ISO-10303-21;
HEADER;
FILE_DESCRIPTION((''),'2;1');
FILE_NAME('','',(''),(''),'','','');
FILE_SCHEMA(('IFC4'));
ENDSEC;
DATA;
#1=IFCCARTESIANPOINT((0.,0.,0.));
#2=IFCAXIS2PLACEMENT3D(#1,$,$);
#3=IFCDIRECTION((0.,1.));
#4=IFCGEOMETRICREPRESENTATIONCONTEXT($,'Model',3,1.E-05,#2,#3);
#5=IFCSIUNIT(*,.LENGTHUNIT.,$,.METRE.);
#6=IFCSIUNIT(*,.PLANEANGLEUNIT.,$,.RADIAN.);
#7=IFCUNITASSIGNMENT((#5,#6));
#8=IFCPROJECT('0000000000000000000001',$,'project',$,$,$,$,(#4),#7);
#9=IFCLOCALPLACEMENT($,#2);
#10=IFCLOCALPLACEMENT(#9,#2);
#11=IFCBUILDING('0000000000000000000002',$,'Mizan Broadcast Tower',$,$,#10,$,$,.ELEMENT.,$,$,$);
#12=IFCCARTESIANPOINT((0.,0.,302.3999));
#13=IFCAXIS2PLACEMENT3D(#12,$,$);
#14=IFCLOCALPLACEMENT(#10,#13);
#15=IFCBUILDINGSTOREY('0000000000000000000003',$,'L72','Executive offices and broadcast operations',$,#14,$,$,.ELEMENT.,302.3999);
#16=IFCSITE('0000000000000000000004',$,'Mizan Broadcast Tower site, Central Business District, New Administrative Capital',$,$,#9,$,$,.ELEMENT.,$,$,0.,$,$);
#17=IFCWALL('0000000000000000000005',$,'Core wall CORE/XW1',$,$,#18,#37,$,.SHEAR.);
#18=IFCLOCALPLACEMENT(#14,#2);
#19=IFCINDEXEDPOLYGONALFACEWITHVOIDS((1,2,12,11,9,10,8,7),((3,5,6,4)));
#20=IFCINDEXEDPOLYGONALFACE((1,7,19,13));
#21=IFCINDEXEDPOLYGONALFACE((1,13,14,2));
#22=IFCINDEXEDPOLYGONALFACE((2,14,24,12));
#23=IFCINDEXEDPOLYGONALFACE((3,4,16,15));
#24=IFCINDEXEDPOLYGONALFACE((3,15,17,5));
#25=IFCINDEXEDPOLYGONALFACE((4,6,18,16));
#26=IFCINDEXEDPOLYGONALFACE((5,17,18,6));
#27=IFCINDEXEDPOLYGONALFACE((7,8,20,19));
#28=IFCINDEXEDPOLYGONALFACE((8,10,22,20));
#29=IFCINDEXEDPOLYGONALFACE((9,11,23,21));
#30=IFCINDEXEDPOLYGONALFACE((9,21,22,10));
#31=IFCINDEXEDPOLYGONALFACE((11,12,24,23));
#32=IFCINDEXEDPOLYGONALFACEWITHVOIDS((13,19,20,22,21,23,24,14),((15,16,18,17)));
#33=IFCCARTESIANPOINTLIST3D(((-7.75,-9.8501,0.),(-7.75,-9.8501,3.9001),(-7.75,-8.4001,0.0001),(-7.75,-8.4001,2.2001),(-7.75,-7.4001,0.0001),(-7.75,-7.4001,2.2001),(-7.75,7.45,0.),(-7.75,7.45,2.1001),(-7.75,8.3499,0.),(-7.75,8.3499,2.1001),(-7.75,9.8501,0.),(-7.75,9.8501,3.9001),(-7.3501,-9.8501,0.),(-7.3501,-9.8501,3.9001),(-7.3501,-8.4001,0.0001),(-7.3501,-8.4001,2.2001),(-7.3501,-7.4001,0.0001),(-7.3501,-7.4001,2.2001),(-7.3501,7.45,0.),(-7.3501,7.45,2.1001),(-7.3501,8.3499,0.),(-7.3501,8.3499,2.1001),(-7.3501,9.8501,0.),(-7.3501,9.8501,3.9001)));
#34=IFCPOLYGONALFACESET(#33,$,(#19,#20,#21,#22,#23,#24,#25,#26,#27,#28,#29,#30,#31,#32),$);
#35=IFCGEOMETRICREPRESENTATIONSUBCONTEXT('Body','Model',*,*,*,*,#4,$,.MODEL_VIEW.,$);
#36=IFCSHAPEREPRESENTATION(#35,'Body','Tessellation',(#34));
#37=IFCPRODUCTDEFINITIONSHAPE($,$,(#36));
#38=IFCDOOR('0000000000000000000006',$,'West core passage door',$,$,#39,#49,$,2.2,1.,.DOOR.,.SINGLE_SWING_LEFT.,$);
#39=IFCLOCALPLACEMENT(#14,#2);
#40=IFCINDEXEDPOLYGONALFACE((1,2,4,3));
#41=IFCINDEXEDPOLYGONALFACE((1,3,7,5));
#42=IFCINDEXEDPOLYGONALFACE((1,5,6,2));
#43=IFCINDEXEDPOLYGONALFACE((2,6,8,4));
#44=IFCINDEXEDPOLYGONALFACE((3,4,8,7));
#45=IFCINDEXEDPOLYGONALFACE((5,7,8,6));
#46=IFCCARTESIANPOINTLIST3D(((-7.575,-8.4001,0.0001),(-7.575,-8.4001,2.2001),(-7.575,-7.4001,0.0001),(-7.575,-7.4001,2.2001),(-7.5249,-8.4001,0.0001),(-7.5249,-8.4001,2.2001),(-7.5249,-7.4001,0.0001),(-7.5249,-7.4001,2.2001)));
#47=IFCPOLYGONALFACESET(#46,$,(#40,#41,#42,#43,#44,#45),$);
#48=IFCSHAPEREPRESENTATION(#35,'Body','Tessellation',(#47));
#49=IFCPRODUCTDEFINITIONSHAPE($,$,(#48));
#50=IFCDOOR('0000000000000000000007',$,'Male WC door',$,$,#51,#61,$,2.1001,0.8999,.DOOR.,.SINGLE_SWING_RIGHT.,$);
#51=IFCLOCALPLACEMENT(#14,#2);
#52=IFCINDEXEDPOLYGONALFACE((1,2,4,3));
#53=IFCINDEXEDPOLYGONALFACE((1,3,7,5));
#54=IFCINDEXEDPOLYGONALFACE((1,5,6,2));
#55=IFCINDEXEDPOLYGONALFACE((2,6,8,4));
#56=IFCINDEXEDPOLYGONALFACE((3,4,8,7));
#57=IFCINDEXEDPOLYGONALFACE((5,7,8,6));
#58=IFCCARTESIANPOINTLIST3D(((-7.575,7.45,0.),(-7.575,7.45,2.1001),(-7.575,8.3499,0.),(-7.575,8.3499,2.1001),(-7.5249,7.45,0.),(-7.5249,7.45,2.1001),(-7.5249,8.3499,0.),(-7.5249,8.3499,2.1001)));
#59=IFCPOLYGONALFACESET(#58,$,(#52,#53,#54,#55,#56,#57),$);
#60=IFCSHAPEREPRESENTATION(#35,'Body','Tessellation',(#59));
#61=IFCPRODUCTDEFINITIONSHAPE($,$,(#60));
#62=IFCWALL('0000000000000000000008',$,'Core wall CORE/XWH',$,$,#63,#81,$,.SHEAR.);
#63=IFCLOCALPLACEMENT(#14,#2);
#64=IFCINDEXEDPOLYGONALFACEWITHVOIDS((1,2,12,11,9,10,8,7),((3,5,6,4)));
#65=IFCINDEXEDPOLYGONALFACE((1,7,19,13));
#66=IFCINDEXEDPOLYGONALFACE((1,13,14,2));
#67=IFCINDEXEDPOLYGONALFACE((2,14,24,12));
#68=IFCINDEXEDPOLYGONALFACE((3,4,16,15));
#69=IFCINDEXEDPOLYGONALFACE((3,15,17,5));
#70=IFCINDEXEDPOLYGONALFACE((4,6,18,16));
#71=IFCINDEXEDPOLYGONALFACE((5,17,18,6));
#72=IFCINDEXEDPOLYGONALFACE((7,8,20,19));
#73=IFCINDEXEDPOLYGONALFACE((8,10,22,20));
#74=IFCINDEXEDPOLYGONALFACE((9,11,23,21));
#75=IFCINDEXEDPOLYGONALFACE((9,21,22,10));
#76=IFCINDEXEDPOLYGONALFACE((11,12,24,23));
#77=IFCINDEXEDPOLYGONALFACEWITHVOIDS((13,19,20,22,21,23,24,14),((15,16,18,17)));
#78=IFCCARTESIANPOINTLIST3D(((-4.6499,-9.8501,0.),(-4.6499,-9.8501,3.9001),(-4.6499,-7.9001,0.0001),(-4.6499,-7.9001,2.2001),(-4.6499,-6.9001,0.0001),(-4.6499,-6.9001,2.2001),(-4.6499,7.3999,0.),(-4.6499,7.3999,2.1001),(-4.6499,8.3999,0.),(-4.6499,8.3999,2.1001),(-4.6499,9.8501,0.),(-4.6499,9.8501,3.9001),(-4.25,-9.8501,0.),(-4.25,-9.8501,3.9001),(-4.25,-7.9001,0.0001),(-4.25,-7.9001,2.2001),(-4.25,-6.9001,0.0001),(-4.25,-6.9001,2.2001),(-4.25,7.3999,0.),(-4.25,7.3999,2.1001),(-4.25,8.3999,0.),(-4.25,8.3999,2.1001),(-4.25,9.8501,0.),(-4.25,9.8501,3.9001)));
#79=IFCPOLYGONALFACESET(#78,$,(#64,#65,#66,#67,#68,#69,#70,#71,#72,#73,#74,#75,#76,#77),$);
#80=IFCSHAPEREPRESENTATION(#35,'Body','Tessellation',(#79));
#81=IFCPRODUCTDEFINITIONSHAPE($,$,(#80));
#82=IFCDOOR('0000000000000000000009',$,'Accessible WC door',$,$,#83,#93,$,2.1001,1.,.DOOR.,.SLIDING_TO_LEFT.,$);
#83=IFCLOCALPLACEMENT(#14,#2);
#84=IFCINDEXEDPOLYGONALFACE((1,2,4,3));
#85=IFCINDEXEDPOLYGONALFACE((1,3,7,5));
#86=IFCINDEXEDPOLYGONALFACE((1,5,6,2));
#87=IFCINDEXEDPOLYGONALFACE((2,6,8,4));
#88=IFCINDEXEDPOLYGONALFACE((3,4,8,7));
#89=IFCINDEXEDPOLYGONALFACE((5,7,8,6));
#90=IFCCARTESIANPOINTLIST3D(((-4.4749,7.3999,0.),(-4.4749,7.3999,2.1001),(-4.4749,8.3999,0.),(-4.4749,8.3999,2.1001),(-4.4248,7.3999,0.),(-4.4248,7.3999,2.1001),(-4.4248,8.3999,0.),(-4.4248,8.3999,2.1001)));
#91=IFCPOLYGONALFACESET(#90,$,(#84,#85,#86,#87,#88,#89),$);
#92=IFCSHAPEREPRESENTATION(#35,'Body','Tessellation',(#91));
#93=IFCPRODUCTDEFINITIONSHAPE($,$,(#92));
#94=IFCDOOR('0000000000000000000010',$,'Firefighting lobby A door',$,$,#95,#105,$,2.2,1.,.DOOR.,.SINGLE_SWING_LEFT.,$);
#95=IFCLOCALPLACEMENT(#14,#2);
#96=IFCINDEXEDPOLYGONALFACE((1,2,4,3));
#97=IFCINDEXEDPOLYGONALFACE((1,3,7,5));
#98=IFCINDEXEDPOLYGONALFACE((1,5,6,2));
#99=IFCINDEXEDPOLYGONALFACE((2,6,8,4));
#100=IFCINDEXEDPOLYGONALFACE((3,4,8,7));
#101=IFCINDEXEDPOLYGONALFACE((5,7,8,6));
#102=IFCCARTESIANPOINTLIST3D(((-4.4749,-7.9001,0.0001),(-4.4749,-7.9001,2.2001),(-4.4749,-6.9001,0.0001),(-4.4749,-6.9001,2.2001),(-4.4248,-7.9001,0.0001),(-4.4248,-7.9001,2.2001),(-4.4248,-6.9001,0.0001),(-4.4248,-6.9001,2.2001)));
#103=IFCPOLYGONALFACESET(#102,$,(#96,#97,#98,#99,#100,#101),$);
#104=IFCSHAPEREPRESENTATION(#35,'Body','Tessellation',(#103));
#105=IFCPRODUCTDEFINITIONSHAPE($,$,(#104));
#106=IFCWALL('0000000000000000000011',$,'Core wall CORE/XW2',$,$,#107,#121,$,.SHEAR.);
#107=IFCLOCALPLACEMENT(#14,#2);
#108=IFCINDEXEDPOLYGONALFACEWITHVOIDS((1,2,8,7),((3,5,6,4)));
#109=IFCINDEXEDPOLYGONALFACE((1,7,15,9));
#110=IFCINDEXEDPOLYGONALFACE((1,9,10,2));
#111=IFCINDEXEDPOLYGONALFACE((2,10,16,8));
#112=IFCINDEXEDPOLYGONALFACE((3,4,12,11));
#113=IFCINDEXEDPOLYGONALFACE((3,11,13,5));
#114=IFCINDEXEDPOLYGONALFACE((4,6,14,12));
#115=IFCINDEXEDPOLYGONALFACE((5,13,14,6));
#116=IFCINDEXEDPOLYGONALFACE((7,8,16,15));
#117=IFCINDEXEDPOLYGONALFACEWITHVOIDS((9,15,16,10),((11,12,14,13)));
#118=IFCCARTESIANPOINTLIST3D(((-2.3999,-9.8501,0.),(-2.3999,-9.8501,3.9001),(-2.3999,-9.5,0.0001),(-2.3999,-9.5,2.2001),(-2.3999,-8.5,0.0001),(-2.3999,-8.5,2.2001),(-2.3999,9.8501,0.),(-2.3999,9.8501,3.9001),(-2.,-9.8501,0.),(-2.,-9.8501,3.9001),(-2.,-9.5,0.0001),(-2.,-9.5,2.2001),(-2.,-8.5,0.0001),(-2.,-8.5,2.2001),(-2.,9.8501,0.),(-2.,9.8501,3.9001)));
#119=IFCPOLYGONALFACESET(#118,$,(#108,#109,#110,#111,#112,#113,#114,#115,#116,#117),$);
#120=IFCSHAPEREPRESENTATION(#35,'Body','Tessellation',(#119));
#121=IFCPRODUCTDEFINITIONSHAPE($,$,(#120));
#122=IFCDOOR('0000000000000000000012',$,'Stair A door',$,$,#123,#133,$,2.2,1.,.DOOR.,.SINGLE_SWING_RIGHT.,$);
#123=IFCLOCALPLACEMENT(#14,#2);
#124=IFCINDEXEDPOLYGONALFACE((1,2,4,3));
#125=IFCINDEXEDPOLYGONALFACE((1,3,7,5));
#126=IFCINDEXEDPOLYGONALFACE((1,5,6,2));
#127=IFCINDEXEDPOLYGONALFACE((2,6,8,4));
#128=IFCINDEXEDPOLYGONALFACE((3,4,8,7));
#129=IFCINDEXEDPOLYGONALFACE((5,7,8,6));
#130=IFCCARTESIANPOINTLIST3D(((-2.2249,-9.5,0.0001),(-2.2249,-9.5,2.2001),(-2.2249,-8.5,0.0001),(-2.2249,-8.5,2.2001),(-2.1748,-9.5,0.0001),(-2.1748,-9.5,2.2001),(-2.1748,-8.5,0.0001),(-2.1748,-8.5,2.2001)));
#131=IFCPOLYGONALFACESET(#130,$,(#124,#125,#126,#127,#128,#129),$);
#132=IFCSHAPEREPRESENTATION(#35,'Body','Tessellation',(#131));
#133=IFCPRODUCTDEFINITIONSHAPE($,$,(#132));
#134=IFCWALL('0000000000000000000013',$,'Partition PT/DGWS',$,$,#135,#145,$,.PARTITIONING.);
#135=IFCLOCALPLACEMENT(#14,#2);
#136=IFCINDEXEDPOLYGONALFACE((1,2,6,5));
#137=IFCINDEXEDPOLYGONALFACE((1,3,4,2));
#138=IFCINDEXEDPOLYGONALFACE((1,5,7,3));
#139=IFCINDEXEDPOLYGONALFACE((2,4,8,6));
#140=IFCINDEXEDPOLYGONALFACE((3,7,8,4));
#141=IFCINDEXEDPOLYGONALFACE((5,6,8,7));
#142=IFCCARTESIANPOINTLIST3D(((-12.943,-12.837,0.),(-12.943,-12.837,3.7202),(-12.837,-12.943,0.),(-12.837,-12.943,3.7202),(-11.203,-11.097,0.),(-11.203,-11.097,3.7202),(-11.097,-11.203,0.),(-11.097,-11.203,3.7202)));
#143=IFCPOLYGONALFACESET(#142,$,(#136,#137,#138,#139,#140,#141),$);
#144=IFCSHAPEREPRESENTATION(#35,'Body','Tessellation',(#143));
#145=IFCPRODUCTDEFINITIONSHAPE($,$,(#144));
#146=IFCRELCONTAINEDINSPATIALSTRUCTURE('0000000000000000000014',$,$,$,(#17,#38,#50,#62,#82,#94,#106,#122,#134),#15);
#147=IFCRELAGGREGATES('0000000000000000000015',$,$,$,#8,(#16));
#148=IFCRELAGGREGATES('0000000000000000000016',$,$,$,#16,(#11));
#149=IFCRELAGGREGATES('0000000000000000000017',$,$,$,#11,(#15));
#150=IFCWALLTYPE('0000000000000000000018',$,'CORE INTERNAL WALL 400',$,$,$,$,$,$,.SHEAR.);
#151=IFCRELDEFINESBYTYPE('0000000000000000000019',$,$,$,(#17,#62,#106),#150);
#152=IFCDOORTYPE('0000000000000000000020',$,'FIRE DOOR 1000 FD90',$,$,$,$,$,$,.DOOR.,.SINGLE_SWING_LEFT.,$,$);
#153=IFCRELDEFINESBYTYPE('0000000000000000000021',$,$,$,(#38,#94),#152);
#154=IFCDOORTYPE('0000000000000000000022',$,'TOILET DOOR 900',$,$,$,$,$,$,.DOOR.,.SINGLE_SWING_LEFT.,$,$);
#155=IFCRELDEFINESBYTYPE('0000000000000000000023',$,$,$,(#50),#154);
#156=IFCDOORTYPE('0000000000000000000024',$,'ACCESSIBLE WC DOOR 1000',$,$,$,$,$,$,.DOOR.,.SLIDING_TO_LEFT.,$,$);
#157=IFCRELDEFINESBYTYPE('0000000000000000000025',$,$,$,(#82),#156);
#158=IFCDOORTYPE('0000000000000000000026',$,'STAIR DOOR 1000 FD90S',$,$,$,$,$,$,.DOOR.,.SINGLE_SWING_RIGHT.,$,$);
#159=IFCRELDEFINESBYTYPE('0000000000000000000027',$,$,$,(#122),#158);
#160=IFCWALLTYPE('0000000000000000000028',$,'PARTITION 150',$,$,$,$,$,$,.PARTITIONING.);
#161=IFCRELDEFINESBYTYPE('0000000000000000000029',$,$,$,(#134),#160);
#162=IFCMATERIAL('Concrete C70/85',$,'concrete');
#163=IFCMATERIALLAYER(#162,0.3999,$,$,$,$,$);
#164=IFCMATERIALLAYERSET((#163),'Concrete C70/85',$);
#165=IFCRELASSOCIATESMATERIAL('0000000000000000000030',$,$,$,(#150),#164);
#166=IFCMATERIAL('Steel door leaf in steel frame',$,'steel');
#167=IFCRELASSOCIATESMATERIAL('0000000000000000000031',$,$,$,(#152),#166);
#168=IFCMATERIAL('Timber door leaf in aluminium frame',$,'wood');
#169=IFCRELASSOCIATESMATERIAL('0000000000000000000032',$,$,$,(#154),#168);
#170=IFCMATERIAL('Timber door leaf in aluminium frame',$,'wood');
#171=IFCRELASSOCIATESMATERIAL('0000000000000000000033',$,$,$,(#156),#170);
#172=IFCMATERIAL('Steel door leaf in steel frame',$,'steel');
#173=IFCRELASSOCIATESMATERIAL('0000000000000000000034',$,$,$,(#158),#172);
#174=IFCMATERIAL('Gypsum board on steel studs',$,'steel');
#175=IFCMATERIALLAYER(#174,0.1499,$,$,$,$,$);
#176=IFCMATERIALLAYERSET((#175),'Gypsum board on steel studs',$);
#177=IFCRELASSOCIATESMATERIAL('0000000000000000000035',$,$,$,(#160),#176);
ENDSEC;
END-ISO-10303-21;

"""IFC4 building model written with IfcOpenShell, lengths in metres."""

from ifc_helpers import new_model, si_unit, direction, frame, frame_2d, origin, place, context, subcontext, project, spatial, rectangle, extrude, material, layer, layer_set, type_object, element, fill, save


model = new_model("IFC4")

# Units and contexts
model_context = context("Model", 3, precision=1e-05, world=origin(), true_north=direction((0.0, 1.0)))
body_context = subcontext(model_context, "Body", "Model", "MODEL_VIEW")
ifc_project = project(units=[si_unit("LENGTHUNIT", "METRE"), si_unit("PLANEANGLEUNIT", "RADIAN")], contexts=[model_context])

# Site, building, storey
site_placement = place(None, origin())
site = spatial("IfcSite", under=ifc_project, at=site_placement, Name="Mizan Broadcast Tower site, Central Business District, New Administrative Capital", CompositionType="ELEMENT", RefElevation=0.0)
building_placement = place(site_placement, origin())
building = spatial("IfcBuilding", under=site, at=building_placement, Name="Mizan Broadcast Tower", CompositionType="ELEMENT")
storey_placement = place(building_placement, frame((0.0, 0.0, 302.3999)))
storey = spatial("IfcBuildingStorey", under=building, at=storey_placement, Name="L72", Description="Executive offices and broadcast operations", CompositionType="ELEMENT", Elevation=302.3999)

# Walls, openings, doors
ifc_material_1 = material(Name="Concrete C70/85", Category="concrete")
ifc_layer_1 = layer(ifc_material_1, 0.3999)
ifc_layer_set_1 = layer_set([ifc_layer_1], Name="Concrete C70/85")
wall_type_1 = type_object("IfcWallType", Name="CORE INTERNAL WALL 400", PredefinedType="SHEAR", material=ifc_layer_set_1)
wall_1_placement = place(storey_placement, frame((-7.55, -9.8501, 0.0), z_axis=(0.0, 0.0, 1.0), x_axis=(0.0, 1.0, 0.0)))
wall_1 = element("IfcWall", 1, at=wall_1_placement, inside=storey, type_object=wall_type_1, Name="Core wall CORE/XW1", PredefinedType="SHEAR", context=body_context, shape_type="SweptSolid", body=[
    extrude(rectangle(XDim=19.7002, YDim=0.3999, at=frame_2d((9.8501, 0.0))), origin(), (0.0, 0.0, 1.0), 3.9001),
])
opening_1_placement = place(wall_1_placement, frame((1.45, 0.0, 0.0)))
opening_1 = element("IfcOpeningElement", 2, at=opening_1_placement, cuts=wall_1, PredefinedType="OPENING", context=body_context, shape_type="SweptSolid", body=[
    extrude(rectangle(XDim=1.0, YDim=2.2, at=frame_2d((0.5, 1.1001))), frame((0.0, 0.21, 0.0), z_axis=(0.0, -1.0, 0.0), x_axis=(1.0, 0.0, 0.0)), (0.0, 0.0, 1.0), 0.4199),
])
opening_2_placement = place(wall_1_placement, frame((17.3, 0.0, 0.0)))
opening_2 = element("IfcOpeningElement", 3, at=opening_2_placement, cuts=wall_1, PredefinedType="OPENING", context=body_context, shape_type="SweptSolid", body=[
    extrude(rectangle(XDim=0.8999, YDim=2.1001, at=frame_2d((0.45, 1.05))), frame((0.0, 0.21, 0.0), z_axis=(0.0, -1.0, 0.0), x_axis=(1.0, 0.0, 0.0)), (0.0, 0.0, 1.0), 0.4199),
])
ifc_material_2 = material(Name="Steel door leaf in steel frame", Category="steel")
door_type_1 = type_object("IfcDoorType", Name="FIRE DOOR 1000 FD90", OperationType="SINGLE_SWING_LEFT", PredefinedType="DOOR", material=ifc_material_2)
door_1_placement = place(opening_1_placement, origin())
door_1 = element("IfcDoor", 4, at=door_1_placement, inside=storey, type_object=door_type_1, Name="West core passage door", OperationType="SINGLE_SWING_LEFT", OverallHeight=2.2, OverallWidth=1.0, PredefinedType="DOOR", context=body_context, shape_type="SweptSolid", body=[
    extrude(rectangle(XDim=1.0, YDim=2.2, at=frame_2d((0.5, 1.1001))), frame((0.0, 0.0249, 0.0), z_axis=(0.0, -1.0, 0.0), x_axis=(1.0, 0.0, 0.0)), (0.0, 0.0, 1.0), 0.05),
])
fill(opening_1, door_1)
ifc_material_3 = material(Name="Timber door leaf in aluminium frame", Category="wood")
door_type_2 = type_object("IfcDoorType", Name="TOILET DOOR 900", OperationType="SINGLE_SWING_LEFT", PredefinedType="DOOR", material=ifc_material_3)
door_2_placement = place(opening_2_placement, origin())
door_2 = element("IfcDoor", 5, at=door_2_placement, inside=storey, type_object=door_type_2, Name="Male WC door", OperationType="SINGLE_SWING_RIGHT", OverallHeight=2.1001, OverallWidth=0.8999, PredefinedType="DOOR", context=body_context, shape_type="SweptSolid", body=[
    extrude(rectangle(XDim=0.8999, YDim=2.1001, at=frame_2d((0.45, 1.05))), frame((0.0, 0.0249, 0.0), z_axis=(0.0, -1.0, 0.0), x_axis=(1.0, 0.0, 0.0)), (0.0, 0.0, 1.0), 0.05),
])
fill(opening_2, door_2)
wall_2_placement = place(storey_placement, frame((-4.45, -9.8501, 0.0), z_axis=(0.0, 0.0, 1.0), x_axis=(0.0, 1.0, 0.0)))
wall_2 = element("IfcWall", 6, at=wall_2_placement, inside=storey, type_object=wall_type_1, Name="Core wall CORE/XWH", PredefinedType="SHEAR", context=body_context, shape_type="SweptSolid", body=[
    extrude(rectangle(XDim=19.7002, YDim=0.3999, at=frame_2d((9.8501, 0.0))), origin(), (0.0, 0.0, 1.0), 3.9001),
])
opening_3_placement = place(wall_2_placement, frame((1.95, 0.0, 0.0)))
opening_3 = element("IfcOpeningElement", 7, at=opening_3_placement, cuts=wall_2, PredefinedType="OPENING", context=body_context, shape_type="SweptSolid", body=[
    extrude(rectangle(XDim=1.0, YDim=2.2, at=frame_2d((0.5, 1.1001))), frame((0.0, 0.21, 0.0), z_axis=(0.0, -1.0, 0.0), x_axis=(1.0, 0.0, 0.0)), (0.0, 0.0, 1.0), 0.4199),
])
opening_4_placement = place(wall_2_placement, frame((17.25, 0.0, 0.0)))
opening_4 = element("IfcOpeningElement", 8, at=opening_4_placement, cuts=wall_2, PredefinedType="OPENING", context=body_context, shape_type="SweptSolid", body=[
    extrude(rectangle(XDim=1.0, YDim=2.1001, at=frame_2d((0.5, 1.05))), frame((0.0, 0.21, 0.0), z_axis=(0.0, -1.0, 0.0), x_axis=(1.0, 0.0, 0.0)), (0.0, 0.0, 1.0), 0.4199),
])
ifc_material_4 = material(Name="Timber door leaf in aluminium frame", Category="wood")
door_type_3 = type_object("IfcDoorType", Name="ACCESSIBLE WC DOOR 1000", OperationType="SLIDING_TO_LEFT", PredefinedType="DOOR", material=ifc_material_4)
door_3_placement = place(opening_4_placement, origin())
door_3 = element("IfcDoor", 9, at=door_3_placement, inside=storey, type_object=door_type_3, Name="Accessible WC door", OperationType="SLIDING_TO_LEFT", OverallHeight=2.1001, OverallWidth=1.0, PredefinedType="DOOR", context=body_context, shape_type="SweptSolid", body=[
    extrude(rectangle(XDim=1.0, YDim=2.1001, at=frame_2d((0.5, 1.05))), frame((0.0, 0.0249, 0.0), z_axis=(0.0, -1.0, 0.0), x_axis=(1.0, 0.0, 0.0)), (0.0, 0.0, 1.0), 0.05),
])
fill(opening_4, door_3)
door_4_placement = place(opening_3_placement, origin())
door_4 = element("IfcDoor", 10, at=door_4_placement, inside=storey, type_object=door_type_1, Name="Firefighting lobby A door", OperationType="SINGLE_SWING_LEFT", OverallHeight=2.2, OverallWidth=1.0, PredefinedType="DOOR", context=body_context, shape_type="SweptSolid", body=[
    extrude(rectangle(XDim=1.0, YDim=2.2, at=frame_2d((0.5, 1.1001))), frame((0.0, 0.0249, 0.0), z_axis=(0.0, -1.0, 0.0), x_axis=(1.0, 0.0, 0.0)), (0.0, 0.0, 1.0), 0.05),
])
fill(opening_3, door_4)

# Wall, opening, door
wall_3_placement = place(storey_placement, frame((-2.2, -9.8501, 0.0), z_axis=(0.0, 0.0, 1.0), x_axis=(0.0, 1.0, 0.0)))
wall_3 = element("IfcWall", 11, at=wall_3_placement, inside=storey, type_object=wall_type_1, Name="Core wall CORE/XW2", PredefinedType="SHEAR", context=body_context, shape_type="SweptSolid", body=[
    extrude(rectangle(XDim=19.7002, YDim=0.3999, at=frame_2d((9.8501, 0.0))), origin(), (0.0, 0.0, 1.0), 3.9001),
])
opening_5_placement = place(wall_3_placement, frame((0.3501, 0.0, 0.0)))
opening_5 = element("IfcOpeningElement", 12, at=opening_5_placement, cuts=wall_3, PredefinedType="OPENING", context=body_context, shape_type="SweptSolid", body=[
    extrude(rectangle(XDim=1.0, YDim=2.2, at=frame_2d((0.5, 1.1001))), frame((0.0, 0.21, 0.0), z_axis=(0.0, -1.0, 0.0), x_axis=(1.0, 0.0, 0.0)), (0.0, 0.0, 1.0), 0.4199),
])
ifc_material_5 = material(Name="Steel door leaf in steel frame", Category="steel")
door_type_4 = type_object("IfcDoorType", Name="STAIR DOOR 1000 FD90S", OperationType="SINGLE_SWING_RIGHT", PredefinedType="DOOR", material=ifc_material_5)
door_5_placement = place(opening_5_placement, origin())
door_5 = element("IfcDoor", 13, at=door_5_placement, inside=storey, type_object=door_type_4, Name="Stair A door", OperationType="SINGLE_SWING_RIGHT", OverallHeight=2.2, OverallWidth=1.0, PredefinedType="DOOR", context=body_context, shape_type="SweptSolid", body=[
    extrude(rectangle(XDim=1.0, YDim=2.2, at=frame_2d((0.5, 1.1001))), frame((0.0, 0.0249, 0.0), z_axis=(0.0, -1.0, 0.0), x_axis=(1.0, 0.0, 0.0)), (0.0, 0.0, 1.0), 0.05),
])
fill(opening_5, door_5)

# Wall
ifc_material_6 = material(Name="Gypsum board on steel studs", Category="steel")
ifc_layer_2 = layer(ifc_material_6, 0.1499)
ifc_layer_set_2 = layer_set([ifc_layer_2], Name="Gypsum board on steel studs")
wall_type_2 = type_object("IfcWallType", Name="PARTITION 150", PredefinedType="PARTITIONING", material=ifc_layer_set_2)
wall_4_placement = place(storey_placement, frame((-11.1499, -11.1499, 0.0), z_axis=(0.0, 0.0, 1.0), x_axis=(-0.707107, -0.707107, 0.0)))
element("IfcWall", 14, at=wall_4_placement, inside=storey, type_object=wall_type_2, Name="Partition PT/DGWS", PredefinedType="PARTITIONING", context=body_context, shape_type="SweptSolid", body=[
    extrude(rectangle(XDim=2.4607, YDim=0.1499, at=frame_2d((1.2305, 0.0))), origin(), (0.0, 0.0, 1.0), 3.7202),
])

save(model, "model.ifc")
